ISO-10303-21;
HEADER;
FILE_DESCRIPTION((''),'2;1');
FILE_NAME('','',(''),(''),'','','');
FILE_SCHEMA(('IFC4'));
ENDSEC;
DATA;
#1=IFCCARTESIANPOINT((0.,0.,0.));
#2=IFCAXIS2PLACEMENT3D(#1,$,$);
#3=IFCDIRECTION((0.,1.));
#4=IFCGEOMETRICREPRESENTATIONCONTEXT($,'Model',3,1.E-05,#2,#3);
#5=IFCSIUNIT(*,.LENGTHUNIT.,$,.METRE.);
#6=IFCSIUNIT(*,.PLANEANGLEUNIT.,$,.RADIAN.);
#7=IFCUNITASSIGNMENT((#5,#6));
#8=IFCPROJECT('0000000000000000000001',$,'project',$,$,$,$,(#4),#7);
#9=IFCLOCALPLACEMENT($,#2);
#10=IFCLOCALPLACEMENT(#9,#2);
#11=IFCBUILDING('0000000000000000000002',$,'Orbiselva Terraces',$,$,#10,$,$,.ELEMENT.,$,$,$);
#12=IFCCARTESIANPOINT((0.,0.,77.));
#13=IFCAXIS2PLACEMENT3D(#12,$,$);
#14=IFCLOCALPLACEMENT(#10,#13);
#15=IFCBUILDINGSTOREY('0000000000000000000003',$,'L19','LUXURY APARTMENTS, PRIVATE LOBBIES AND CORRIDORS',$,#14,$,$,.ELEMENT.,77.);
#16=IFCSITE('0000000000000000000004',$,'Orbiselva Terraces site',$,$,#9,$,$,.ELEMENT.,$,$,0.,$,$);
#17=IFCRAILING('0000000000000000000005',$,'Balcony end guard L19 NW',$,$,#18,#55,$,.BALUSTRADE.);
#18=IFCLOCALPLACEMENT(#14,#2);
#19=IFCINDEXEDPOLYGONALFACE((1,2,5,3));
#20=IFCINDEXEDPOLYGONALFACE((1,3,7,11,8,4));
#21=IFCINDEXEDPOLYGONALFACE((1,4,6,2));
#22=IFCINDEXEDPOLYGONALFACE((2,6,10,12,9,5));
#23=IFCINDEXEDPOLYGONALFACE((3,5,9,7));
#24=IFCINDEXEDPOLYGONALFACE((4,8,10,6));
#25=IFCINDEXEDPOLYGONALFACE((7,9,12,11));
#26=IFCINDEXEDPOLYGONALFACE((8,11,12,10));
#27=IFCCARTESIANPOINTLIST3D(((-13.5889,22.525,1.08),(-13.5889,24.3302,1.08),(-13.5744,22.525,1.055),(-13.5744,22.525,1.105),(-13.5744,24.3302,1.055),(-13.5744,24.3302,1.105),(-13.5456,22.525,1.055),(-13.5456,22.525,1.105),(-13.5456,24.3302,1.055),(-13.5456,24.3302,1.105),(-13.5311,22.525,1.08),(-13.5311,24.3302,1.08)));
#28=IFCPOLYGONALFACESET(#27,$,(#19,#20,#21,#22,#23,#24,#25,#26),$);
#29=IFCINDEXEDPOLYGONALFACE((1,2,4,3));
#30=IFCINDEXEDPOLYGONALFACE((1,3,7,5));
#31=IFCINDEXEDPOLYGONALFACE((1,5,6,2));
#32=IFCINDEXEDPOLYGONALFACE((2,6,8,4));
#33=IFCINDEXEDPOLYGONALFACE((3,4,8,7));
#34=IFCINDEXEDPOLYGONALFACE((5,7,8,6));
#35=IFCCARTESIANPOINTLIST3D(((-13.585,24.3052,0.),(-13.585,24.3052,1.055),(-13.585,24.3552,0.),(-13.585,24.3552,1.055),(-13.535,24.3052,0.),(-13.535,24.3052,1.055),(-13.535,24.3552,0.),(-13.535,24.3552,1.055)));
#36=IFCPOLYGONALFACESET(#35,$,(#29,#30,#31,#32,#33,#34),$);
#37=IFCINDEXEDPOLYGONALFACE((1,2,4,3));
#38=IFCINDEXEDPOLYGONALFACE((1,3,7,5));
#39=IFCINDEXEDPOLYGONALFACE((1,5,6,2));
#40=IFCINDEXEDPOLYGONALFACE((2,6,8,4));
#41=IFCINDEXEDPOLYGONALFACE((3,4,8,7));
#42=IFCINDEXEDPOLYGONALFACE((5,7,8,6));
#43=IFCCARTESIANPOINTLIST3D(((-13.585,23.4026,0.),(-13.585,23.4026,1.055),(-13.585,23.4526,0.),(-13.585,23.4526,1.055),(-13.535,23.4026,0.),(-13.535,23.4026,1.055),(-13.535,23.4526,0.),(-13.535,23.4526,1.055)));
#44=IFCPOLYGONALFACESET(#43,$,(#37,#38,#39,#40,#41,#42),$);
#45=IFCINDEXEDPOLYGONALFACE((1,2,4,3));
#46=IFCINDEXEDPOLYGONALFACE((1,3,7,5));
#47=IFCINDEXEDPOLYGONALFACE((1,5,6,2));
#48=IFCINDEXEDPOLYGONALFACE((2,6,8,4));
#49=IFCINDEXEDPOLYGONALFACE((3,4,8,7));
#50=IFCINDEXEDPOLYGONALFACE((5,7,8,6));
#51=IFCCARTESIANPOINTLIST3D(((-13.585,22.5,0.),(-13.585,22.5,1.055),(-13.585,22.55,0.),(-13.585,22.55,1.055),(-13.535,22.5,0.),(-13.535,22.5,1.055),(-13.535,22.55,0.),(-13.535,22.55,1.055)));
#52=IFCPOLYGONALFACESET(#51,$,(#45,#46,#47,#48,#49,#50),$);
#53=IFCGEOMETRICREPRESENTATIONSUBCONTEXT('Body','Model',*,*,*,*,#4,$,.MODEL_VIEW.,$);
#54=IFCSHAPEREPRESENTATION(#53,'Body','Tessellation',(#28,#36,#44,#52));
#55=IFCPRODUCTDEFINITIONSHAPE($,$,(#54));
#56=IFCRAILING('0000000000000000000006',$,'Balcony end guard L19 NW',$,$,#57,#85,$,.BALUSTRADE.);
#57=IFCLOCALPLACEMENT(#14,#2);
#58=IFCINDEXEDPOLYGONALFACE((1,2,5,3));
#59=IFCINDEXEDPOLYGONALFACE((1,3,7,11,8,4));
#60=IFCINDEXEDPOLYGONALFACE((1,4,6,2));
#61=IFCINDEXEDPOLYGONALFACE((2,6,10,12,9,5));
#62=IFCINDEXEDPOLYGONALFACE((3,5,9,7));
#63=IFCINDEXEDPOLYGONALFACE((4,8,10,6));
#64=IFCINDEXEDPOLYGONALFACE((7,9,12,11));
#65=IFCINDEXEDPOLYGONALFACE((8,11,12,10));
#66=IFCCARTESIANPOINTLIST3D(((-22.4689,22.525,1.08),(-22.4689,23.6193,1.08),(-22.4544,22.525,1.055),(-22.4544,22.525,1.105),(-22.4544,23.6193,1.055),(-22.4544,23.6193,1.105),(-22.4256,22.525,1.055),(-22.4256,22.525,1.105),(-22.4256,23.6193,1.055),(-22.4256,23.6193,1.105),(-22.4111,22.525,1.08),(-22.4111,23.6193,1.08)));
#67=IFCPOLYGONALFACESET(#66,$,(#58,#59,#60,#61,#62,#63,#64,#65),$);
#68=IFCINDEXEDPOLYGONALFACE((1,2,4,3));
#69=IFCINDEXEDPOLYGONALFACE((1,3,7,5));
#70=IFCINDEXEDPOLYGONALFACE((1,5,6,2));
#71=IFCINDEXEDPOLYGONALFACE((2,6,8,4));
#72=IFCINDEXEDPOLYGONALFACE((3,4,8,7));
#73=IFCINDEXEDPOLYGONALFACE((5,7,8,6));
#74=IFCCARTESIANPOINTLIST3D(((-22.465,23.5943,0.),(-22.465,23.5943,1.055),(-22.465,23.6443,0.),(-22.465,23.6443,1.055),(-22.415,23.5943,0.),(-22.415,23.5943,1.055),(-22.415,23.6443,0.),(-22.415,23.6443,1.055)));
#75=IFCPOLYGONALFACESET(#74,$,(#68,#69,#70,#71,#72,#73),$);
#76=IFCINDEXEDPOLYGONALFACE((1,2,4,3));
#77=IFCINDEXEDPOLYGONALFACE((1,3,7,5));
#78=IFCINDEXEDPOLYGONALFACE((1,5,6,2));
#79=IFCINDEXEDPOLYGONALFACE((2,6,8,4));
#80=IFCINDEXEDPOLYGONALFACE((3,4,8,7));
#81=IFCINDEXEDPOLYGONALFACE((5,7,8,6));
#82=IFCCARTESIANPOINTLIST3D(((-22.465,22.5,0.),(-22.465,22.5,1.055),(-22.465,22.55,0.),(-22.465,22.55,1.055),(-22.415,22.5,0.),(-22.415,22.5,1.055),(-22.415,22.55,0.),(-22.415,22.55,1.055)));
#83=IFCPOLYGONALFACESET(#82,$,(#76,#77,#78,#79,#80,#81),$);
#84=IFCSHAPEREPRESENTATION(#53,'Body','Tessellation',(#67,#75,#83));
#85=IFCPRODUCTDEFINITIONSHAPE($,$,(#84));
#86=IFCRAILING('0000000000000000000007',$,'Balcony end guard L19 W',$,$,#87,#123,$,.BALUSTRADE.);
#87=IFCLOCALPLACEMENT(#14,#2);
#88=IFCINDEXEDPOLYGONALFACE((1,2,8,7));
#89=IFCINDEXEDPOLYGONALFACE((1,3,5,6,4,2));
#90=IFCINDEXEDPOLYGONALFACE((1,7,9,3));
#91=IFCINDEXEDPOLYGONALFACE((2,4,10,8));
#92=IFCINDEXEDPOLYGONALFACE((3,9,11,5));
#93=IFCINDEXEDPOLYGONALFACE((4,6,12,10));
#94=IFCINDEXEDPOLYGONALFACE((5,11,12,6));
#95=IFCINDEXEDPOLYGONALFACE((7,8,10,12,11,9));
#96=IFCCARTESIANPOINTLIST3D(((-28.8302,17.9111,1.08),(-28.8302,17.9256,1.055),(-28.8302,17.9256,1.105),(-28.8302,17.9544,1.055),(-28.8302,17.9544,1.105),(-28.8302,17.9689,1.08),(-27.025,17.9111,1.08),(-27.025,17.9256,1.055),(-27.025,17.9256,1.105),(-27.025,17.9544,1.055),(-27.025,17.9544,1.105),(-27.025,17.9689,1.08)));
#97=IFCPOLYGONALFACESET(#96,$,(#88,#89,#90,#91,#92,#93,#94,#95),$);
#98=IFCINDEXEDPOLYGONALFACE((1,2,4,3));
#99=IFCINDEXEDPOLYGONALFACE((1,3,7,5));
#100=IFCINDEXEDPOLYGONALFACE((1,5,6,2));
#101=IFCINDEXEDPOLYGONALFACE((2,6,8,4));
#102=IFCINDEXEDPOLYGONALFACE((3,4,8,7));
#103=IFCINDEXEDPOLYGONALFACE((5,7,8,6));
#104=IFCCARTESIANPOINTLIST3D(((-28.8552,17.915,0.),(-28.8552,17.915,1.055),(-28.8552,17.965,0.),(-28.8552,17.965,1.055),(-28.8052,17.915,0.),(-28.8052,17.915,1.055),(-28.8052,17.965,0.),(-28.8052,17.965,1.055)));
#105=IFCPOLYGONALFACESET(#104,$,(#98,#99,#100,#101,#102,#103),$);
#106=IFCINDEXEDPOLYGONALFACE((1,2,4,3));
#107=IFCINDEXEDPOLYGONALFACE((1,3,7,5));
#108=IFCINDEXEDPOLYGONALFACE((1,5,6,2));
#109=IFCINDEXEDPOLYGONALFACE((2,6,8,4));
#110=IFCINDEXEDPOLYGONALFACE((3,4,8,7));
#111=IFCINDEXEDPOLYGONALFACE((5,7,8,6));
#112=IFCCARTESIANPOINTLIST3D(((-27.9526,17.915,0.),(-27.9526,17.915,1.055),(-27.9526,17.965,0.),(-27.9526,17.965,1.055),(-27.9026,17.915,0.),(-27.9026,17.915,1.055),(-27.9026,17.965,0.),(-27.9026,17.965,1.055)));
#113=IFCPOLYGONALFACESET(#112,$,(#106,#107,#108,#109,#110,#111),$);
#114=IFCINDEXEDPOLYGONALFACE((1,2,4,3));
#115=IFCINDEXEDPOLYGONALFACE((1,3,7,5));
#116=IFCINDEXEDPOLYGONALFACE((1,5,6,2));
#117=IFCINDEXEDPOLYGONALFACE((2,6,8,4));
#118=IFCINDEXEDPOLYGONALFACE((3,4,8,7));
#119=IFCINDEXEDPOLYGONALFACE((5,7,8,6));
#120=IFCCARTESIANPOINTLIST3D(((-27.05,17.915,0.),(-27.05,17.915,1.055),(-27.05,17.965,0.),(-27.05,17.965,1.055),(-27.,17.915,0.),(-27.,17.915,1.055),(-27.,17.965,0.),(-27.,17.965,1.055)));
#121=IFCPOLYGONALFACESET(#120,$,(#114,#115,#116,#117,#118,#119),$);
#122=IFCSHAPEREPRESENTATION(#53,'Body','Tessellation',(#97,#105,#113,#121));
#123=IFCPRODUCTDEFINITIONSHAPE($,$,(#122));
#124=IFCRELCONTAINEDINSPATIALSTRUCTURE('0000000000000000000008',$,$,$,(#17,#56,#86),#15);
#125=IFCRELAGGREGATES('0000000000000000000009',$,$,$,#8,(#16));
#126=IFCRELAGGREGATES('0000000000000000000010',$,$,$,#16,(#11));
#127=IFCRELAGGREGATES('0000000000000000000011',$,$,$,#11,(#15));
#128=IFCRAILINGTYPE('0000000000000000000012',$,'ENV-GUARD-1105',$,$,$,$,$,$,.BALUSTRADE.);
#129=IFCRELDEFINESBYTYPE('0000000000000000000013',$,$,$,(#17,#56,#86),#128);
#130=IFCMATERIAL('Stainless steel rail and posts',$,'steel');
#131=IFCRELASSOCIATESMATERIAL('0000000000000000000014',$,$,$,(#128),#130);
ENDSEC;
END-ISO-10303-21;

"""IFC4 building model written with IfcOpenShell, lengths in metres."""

from ifc_helpers import new_model, si_unit, direction, frame, origin, origin_2d, place, context, subcontext, project, spatial, polyline, rectangle, outline, extrude, material, type_object, element, save


model = new_model("IFC4")

# Units and contexts
model_context = context("Model", 3, precision=1e-05, world=origin(), true_north=direction((0.0, 1.0)))
body_context = subcontext(model_context, "Body", "Model", "MODEL_VIEW")
ifc_project = project(units=[si_unit("LENGTHUNIT", "METRE"), si_unit("PLANEANGLEUNIT", "RADIAN")], contexts=[model_context])

# Site, building, storey
site_placement = place(None, origin())
site = spatial("IfcSite", under=ifc_project, at=site_placement, Name="Orbiselva Terraces site", CompositionType="ELEMENT", RefElevation=0.0)
building_placement = place(site_placement, origin())
building = spatial("IfcBuilding", under=site, at=building_placement, Name="Orbiselva Terraces", CompositionType="ELEMENT")
storey_placement = place(building_placement, frame((0.0, 0.0, 77.0)))
storey = spatial("IfcBuildingStorey", under=building, at=storey_placement, Name="L19", Description="LUXURY APARTMENTS, PRIVATE LOBBIES AND CORRIDORS", CompositionType="ELEMENT", Elevation=77.0)

# Railings
ifc_material_1 = material(Name="Stainless steel rail and posts", Category="steel")
railing_type_1 = type_object("IfcRailingType", Name="ENV-GUARD-1105", PredefinedType="BALUSTRADE", material=ifc_material_1)
railing_1_placement = place(storey_placement, frame((-13.56, 24.3302, 0.0)))
element("IfcRailing", 1, at=railing_1_placement, inside=storey, type_object=railing_type_1, Name="Balcony end guard L19 NW", PredefinedType="BALUSTRADE", context=body_context, shape_type="SweptSolid", body=[
    extrude(outline(polyline([(0.0289, 0.0), (0.0144, 0.025), (-0.0144, 0.025), (-0.0289, 0.0), (-0.0144, -0.025), (0.0144, -0.025), (0.0289, 0.0)])), frame((0.0, 0.0, 1.08), z_axis=(0.0, -1.0, 0.0), x_axis=(1.0, 0.0, 0.0)), (0.0, 0.0, 1.0), 1.8052),
    extrude(rectangle(XDim=0.05, YDim=0.05, at=origin_2d()), origin(), (0.0, 0.0, 1.0), 1.055),
    extrude(rectangle(XDim=0.05, YDim=0.05, at=origin_2d()), frame((0.0, -0.9026, 0.0)), (0.0, 0.0, 1.0), 1.055),
    extrude(rectangle(XDim=0.05, YDim=0.05, at=origin_2d()), frame((0.0, -1.8052, 0.0)), (0.0, 0.0, 1.0), 1.055),
])
railing_2_placement = place(storey_placement, frame((-22.44, 23.6193, 0.0)))
element("IfcRailing", 2, at=railing_2_placement, inside=storey, type_object=railing_type_1, Name="Balcony end guard L19 NW", PredefinedType="BALUSTRADE", context=body_context, shape_type="SweptSolid", body=[
    extrude(outline(polyline([(0.0289, 0.0), (0.0144, 0.025), (-0.0144, 0.025), (-0.0289, 0.0), (-0.0144, -0.025), (0.0144, -0.025), (0.0289, 0.0)])), frame((0.0, 0.0, 1.08), z_axis=(0.0, -1.0, 0.0), x_axis=(1.0, 0.0, 0.0)), (0.0, 0.0, 1.0), 1.0943),
    extrude(rectangle(XDim=0.05, YDim=0.05, at=origin_2d()), origin(), (0.0, 0.0, 1.0), 1.055),
    extrude(rectangle(XDim=0.05, YDim=0.05, at=origin_2d()), frame((0.0, -1.0943, 0.0)), (0.0, 0.0, 1.0), 1.055),
])
railing_3_placement = place(storey_placement, frame((-28.8302, 17.94, 0.0)))
element("IfcRailing", 3, at=railing_3_placement, inside=storey, type_object=railing_type_1, Name="Balcony end guard L19 W", PredefinedType="BALUSTRADE", context=body_context, shape_type="SweptSolid", body=[
    extrude(outline(polyline([(0.0289, 0.0), (0.0144, 0.025), (-0.0144, 0.025), (-0.0289, 0.0), (-0.0144, -0.025), (0.0144, -0.025), (0.0289, 0.0)])), frame((0.0, 0.0, 1.08), z_axis=(1.0, 0.0, 0.0), x_axis=(0.0, 1.0, 0.0)), (0.0, 0.0, 1.0), 1.8052),
    extrude(rectangle(XDim=0.05, YDim=0.05, at=origin_2d()), origin(), (0.0, 0.0, 1.0), 1.055),
    extrude(rectangle(XDim=0.05, YDim=0.05, at=origin_2d()), frame((0.9026, 0.0, 0.0)), (0.0, 0.0, 1.0), 1.055),
    extrude(rectangle(XDim=0.05, YDim=0.05, at=origin_2d()), frame((1.8052, 0.0, 0.0)), (0.0, 0.0, 1.0), 1.055),
])

save(model, "model.ifc")
